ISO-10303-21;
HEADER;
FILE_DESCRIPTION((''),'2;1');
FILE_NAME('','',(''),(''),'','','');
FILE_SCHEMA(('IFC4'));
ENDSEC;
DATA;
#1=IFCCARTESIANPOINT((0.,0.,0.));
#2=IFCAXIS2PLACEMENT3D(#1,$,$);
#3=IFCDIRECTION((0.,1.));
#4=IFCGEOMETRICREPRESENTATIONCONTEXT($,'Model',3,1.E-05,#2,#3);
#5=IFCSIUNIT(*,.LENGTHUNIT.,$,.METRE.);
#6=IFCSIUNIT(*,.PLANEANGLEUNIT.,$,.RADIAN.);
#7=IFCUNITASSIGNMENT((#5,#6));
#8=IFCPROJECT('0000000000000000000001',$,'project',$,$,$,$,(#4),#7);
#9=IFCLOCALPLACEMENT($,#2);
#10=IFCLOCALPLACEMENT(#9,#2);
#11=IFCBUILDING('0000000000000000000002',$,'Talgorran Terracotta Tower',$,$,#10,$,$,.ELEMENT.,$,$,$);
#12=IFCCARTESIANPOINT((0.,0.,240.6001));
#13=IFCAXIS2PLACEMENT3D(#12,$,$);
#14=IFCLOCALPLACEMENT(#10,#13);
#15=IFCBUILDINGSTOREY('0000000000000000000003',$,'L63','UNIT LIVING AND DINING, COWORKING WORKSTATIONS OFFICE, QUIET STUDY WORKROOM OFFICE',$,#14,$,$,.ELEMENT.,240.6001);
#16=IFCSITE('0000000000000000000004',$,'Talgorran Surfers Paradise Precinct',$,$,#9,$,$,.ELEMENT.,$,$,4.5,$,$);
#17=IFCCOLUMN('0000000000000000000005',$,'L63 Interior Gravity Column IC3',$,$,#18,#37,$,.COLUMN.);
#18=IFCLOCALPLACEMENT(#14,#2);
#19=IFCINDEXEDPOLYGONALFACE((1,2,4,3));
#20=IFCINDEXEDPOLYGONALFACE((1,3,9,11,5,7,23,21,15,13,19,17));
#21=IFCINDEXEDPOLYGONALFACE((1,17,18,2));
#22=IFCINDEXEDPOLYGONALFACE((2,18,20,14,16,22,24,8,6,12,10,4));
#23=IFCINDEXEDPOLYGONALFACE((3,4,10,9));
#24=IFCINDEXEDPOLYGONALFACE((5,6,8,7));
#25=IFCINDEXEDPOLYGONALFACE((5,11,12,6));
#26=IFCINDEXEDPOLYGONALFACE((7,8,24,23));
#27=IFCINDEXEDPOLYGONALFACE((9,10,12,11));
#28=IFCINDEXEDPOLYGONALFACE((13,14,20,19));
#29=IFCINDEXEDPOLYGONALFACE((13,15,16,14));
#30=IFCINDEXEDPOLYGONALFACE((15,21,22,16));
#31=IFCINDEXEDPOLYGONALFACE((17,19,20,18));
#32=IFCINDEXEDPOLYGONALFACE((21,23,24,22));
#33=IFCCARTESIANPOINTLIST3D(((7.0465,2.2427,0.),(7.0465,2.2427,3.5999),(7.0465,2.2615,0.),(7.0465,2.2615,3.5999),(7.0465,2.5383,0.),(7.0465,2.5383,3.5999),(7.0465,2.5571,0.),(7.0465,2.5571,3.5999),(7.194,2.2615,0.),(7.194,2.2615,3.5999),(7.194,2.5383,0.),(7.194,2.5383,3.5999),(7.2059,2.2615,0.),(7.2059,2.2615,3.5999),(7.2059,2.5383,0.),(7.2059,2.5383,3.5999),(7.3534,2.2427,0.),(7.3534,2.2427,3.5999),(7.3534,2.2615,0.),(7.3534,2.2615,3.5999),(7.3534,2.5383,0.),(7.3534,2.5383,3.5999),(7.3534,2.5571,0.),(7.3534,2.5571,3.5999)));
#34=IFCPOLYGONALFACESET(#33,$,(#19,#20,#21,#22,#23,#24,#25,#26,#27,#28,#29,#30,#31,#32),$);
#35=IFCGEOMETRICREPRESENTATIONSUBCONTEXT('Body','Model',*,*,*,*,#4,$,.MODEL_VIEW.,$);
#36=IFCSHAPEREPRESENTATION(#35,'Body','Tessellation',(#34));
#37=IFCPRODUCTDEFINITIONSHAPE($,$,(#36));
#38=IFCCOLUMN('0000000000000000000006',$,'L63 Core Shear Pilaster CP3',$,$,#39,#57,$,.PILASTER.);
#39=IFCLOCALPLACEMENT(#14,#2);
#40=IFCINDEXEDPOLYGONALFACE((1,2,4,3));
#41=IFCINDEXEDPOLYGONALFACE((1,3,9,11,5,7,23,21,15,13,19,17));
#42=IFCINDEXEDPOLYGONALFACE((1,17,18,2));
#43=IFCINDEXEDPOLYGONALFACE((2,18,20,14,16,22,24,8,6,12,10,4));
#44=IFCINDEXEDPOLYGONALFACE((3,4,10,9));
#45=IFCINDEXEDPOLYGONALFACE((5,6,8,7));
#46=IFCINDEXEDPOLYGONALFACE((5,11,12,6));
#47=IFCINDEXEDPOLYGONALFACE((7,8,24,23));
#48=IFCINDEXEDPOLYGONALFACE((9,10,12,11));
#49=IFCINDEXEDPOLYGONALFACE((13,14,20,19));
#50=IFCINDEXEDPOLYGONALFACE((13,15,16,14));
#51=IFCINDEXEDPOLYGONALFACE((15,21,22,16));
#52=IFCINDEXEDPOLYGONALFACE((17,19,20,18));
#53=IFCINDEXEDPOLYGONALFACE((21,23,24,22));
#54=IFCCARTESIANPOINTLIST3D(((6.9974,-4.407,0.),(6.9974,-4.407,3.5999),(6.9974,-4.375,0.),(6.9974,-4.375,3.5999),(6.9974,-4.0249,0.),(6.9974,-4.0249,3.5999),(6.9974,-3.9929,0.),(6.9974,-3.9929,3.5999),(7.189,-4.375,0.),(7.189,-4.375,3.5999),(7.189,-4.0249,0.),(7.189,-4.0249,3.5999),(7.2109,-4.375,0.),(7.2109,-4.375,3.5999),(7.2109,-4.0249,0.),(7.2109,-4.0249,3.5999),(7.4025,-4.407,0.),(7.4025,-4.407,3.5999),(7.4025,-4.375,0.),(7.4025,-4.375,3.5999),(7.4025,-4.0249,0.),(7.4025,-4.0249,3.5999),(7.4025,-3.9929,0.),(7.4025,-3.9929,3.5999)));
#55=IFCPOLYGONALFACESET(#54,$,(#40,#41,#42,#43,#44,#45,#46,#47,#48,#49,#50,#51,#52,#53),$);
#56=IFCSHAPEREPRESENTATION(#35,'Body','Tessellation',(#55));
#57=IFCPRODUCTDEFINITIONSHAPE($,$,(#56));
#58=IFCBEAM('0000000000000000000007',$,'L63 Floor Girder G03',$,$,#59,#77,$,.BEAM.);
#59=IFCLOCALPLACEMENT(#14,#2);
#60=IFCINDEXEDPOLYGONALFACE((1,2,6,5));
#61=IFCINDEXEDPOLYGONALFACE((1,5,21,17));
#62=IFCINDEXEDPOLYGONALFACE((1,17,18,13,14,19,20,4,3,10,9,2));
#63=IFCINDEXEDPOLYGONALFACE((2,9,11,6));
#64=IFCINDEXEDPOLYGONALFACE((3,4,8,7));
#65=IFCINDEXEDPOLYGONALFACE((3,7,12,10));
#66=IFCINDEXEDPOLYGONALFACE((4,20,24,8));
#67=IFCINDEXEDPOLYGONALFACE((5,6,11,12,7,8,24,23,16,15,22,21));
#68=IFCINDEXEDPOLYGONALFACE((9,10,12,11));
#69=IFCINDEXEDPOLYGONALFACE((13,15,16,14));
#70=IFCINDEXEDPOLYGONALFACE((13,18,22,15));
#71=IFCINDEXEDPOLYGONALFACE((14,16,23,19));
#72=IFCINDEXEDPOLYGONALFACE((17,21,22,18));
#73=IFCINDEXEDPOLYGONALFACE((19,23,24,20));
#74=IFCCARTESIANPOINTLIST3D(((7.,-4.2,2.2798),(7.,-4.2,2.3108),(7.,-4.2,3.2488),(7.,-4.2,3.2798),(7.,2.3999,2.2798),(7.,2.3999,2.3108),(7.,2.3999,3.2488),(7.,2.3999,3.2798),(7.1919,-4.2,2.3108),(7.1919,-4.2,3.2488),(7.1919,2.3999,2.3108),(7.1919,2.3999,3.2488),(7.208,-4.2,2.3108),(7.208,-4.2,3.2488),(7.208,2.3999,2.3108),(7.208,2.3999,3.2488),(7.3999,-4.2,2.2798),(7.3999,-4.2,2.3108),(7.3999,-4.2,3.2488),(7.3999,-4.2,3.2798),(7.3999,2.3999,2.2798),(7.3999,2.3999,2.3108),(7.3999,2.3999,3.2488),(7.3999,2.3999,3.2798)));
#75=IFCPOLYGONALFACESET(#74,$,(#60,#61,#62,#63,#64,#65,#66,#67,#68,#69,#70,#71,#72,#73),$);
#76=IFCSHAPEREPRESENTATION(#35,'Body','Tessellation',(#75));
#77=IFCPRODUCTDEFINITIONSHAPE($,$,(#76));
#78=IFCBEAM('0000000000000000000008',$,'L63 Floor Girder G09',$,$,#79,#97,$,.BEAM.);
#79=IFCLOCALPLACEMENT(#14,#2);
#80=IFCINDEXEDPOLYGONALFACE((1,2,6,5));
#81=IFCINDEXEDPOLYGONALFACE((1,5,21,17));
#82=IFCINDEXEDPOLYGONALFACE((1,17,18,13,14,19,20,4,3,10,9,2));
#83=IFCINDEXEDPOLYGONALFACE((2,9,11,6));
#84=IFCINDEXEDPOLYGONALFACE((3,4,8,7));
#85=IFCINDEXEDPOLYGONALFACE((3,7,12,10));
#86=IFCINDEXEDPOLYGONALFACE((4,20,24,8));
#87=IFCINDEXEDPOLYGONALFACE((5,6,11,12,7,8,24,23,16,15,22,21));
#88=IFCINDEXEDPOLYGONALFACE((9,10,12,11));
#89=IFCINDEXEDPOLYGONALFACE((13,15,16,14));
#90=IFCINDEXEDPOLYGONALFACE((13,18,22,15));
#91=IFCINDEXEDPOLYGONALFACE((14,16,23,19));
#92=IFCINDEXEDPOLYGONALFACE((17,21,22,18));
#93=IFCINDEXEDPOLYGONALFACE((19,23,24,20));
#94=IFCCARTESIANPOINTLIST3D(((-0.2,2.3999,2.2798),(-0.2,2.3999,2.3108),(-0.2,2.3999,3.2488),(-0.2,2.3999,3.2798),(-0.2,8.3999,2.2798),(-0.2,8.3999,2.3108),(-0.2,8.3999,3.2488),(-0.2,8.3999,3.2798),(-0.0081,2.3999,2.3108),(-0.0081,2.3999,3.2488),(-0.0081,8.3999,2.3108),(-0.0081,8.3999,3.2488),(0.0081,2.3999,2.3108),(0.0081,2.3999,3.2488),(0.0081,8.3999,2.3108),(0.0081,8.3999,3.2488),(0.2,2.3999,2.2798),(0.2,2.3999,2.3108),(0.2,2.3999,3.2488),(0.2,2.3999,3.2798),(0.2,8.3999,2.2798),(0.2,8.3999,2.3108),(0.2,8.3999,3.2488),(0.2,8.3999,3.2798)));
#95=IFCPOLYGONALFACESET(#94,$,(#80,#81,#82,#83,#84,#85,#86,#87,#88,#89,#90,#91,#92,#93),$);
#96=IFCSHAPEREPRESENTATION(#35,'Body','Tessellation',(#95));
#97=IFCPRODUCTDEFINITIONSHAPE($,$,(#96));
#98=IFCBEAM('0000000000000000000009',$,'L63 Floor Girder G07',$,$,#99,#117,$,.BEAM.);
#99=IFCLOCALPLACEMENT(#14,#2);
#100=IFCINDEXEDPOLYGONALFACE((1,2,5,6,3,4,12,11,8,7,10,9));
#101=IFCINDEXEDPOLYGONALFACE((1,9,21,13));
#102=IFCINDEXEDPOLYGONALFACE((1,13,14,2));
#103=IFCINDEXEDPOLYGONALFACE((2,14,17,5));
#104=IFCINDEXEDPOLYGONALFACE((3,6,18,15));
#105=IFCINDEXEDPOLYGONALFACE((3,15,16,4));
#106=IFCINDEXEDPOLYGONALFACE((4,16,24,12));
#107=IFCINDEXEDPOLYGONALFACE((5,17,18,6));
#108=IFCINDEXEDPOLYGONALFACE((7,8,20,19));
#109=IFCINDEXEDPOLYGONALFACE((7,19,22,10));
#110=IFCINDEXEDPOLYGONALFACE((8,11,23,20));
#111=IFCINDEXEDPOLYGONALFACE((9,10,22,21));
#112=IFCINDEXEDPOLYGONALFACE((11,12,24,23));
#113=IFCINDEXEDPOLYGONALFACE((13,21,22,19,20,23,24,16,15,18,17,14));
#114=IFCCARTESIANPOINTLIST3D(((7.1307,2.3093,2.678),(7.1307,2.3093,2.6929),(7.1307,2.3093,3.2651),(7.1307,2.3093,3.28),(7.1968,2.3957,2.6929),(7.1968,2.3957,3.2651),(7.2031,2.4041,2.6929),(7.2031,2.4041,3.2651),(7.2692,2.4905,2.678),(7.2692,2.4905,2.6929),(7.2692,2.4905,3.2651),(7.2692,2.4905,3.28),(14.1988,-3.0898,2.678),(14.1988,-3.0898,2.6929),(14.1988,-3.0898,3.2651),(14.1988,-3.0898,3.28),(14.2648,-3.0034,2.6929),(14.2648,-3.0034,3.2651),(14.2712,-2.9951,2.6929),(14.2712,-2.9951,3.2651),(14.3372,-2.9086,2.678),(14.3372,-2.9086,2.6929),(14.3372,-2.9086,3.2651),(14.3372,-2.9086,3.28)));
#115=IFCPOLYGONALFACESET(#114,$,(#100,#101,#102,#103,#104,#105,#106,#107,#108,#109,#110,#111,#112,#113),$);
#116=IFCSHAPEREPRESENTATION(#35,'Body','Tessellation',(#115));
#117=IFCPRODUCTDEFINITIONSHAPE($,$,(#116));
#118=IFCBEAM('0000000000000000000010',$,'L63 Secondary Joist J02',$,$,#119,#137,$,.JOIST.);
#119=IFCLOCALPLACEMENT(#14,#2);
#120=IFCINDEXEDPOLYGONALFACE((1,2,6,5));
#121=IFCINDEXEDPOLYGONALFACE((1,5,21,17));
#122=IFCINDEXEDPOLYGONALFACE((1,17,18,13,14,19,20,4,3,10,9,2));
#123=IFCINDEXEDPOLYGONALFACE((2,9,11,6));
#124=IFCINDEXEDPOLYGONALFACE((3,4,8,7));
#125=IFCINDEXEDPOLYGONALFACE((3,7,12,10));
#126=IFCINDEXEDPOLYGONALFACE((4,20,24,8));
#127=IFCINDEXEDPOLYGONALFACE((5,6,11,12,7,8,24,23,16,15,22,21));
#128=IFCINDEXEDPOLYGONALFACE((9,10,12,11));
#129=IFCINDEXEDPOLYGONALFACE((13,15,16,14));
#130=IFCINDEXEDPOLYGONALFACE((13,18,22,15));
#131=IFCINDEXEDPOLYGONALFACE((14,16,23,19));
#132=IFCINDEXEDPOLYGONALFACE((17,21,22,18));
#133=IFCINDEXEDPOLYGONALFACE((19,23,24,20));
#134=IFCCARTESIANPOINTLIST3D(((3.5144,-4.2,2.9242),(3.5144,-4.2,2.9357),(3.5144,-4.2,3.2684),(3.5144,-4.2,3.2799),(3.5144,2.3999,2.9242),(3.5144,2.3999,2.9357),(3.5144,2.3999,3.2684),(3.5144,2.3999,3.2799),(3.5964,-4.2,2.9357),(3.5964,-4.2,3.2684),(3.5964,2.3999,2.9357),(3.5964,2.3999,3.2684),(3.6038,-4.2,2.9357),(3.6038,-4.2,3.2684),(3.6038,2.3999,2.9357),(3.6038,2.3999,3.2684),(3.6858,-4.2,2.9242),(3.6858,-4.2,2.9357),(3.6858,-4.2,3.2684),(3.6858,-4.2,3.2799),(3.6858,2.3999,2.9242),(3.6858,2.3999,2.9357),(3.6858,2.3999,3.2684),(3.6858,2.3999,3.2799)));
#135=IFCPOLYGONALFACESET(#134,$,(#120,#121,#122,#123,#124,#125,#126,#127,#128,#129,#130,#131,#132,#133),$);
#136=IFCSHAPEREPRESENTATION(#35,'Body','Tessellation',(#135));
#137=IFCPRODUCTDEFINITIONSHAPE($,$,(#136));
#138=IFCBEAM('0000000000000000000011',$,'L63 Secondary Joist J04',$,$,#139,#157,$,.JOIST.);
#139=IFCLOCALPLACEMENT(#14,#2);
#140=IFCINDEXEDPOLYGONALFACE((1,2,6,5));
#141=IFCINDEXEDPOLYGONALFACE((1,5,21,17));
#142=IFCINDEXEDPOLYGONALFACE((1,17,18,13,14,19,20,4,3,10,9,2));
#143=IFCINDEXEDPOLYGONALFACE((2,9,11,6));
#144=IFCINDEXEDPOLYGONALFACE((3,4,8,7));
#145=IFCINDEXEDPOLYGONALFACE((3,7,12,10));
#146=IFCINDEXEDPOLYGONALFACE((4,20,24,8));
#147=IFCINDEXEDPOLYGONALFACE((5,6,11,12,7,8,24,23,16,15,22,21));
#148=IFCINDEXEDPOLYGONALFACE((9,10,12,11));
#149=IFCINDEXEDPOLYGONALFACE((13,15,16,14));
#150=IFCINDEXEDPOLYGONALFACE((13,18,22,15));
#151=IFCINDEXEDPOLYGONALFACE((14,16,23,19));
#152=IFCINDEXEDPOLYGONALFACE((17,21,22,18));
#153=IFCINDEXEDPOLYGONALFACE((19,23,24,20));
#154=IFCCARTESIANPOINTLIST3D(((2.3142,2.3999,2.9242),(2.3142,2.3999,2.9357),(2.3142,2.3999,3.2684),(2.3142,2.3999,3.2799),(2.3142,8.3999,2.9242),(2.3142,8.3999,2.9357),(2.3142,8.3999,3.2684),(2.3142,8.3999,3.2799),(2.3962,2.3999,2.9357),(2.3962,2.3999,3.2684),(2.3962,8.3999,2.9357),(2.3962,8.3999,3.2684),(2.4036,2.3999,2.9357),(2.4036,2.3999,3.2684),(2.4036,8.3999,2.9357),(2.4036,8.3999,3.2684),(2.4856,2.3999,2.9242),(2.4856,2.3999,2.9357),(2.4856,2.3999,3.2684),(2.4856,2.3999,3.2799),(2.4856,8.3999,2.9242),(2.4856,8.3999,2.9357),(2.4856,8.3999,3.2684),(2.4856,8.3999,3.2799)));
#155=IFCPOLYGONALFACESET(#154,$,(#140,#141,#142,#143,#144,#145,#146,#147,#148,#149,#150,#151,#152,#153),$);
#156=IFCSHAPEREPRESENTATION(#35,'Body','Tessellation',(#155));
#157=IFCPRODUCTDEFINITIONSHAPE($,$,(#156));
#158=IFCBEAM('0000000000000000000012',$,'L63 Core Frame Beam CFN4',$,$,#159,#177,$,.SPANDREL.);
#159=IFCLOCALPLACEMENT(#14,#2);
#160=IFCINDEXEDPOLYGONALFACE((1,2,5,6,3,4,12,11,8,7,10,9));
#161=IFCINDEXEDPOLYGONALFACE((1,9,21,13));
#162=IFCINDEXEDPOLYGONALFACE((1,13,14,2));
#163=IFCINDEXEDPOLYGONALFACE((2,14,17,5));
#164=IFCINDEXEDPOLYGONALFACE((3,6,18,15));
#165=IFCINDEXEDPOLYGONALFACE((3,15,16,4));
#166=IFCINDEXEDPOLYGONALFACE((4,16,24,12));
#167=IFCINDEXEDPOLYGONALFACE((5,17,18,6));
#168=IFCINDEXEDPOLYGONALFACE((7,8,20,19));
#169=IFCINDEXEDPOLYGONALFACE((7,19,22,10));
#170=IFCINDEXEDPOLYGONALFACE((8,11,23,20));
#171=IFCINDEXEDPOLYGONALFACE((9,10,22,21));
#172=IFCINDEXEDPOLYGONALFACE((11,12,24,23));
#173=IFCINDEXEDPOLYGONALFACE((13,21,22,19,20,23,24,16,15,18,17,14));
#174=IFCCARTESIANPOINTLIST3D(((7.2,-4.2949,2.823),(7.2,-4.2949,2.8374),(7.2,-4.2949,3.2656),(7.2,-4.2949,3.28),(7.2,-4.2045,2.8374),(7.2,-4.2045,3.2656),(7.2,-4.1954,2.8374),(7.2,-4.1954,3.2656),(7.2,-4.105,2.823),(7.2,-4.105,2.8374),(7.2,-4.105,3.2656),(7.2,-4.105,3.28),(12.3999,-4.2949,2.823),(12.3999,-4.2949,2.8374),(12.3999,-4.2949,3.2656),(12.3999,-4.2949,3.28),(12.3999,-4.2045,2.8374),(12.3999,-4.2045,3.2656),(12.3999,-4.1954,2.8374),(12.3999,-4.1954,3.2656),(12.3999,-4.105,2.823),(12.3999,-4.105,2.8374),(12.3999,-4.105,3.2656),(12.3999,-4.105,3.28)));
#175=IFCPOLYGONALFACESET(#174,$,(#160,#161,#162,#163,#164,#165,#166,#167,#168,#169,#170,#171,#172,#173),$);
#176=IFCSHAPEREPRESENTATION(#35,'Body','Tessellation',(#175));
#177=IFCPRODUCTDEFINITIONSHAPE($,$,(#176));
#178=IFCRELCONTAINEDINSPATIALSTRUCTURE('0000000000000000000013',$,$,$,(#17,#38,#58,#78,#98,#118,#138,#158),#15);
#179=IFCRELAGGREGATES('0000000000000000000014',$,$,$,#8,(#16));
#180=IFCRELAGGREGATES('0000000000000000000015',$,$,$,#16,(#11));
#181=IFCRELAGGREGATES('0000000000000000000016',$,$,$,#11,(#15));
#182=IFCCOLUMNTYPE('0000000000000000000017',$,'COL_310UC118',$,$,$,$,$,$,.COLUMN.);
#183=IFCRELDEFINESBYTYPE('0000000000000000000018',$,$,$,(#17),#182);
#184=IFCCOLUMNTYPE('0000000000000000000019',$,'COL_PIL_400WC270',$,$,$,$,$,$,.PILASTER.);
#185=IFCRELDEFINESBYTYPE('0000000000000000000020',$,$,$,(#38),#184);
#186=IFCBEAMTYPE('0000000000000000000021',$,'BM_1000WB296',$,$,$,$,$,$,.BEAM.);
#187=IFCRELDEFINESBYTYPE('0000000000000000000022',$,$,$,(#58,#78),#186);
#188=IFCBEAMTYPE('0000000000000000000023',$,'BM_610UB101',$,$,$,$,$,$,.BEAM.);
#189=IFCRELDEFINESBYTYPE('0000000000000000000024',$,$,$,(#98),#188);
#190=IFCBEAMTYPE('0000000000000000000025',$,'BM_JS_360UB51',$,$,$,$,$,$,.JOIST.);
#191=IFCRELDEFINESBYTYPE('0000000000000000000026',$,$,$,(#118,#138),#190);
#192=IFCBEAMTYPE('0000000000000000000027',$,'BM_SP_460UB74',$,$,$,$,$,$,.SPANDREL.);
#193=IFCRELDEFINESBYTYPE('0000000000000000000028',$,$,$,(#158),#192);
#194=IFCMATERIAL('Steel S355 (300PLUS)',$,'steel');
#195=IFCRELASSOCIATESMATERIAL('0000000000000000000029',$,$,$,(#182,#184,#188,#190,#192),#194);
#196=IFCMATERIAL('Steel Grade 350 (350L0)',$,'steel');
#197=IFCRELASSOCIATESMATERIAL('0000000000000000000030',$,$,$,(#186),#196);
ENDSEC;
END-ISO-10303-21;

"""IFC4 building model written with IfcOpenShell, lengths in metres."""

from ifc_helpers import new_model, si_unit, direction, frame, origin, origin_2d, place, context, subcontext, project, spatial, i_section, extrude, material, material_profile, profile_set, type_object, element, save


model = new_model("IFC4")

# Units and contexts
model_context = context("Model", 3, precision=1e-05, world=origin(), true_north=direction((0.0, 1.0)))
body_context = subcontext(model_context, "Body", "Model", "MODEL_VIEW")
ifc_project = project(units=[si_unit("LENGTHUNIT", "METRE"), si_unit("PLANEANGLEUNIT", "RADIAN")], contexts=[model_context])

# Site, building, storey
site_placement = place(None, origin())
site = spatial("IfcSite", under=ifc_project, at=site_placement, Name="Talgorran Surfers Paradise Precinct", CompositionType="ELEMENT", RefElevation=4.5)
building_placement = place(site_placement, origin())
building = spatial("IfcBuilding", under=site, at=building_placement, Name="Talgorran Terracotta Tower", CompositionType="ELEMENT")
storey_placement = place(building_placement, frame((0.0, 0.0, 240.6001)))
storey = spatial("IfcBuildingStorey", under=building, at=storey_placement, Name="L63", Description="UNIT LIVING AND DINING, COWORKING WORKSTATIONS OFFICE, QUIET STUDY WORKROOM OFFICE", CompositionType="ELEMENT", Elevation=240.6001)

# Columns
ifc_material_1 = material(Name="Steel S355 (300PLUS)", Category="steel")
ifc_material_profile_1 = material_profile(ifc_material_1, i_section(OverallWidth=0.3069, OverallDepth=0.3145, WebThickness=0.012, FlangeThickness=0.0188, at=origin_2d()), Name="310UC118")
ifc_profile_set_1 = profile_set([ifc_material_profile_1], Name="Steel S355 (300PLUS)")
column_type_1 = type_object("IfcColumnType", Name="COL_310UC118", PredefinedType="COLUMN", material=ifc_profile_set_1)
column_1_placement = place(storey_placement, frame((7.2, 2.3999, 0.0), z_axis=(0.0, 0.0, 1.0), x_axis=(1.0, 0.0, 0.0)))
element("IfcColumn", 1, at=column_1_placement, inside=storey, type_object=column_type_1, Name="L63 Interior Gravity Column IC3", PredefinedType="COLUMN", context=body_context, shape_type="SweptSolid", body=[
    extrude(i_section(OverallWidth=0.3069, OverallDepth=0.3145, WebThickness=0.012, FlangeThickness=0.0188, at=origin_2d()), origin(), (0.0, 0.0, 1.0), 3.5999),
])
ifc_material_profile_2 = material_profile(ifc_material_1, i_section(OverallWidth=0.405, OverallDepth=0.4141, WebThickness=0.022, FlangeThickness=0.032, at=origin_2d()), Name="400WC270")
ifc_profile_set_2 = profile_set([ifc_material_profile_2], Name="Steel S355 (300PLUS)")
column_type_2 = type_object("IfcColumnType", Name="COL_PIL_400WC270", PredefinedType="PILASTER", material=ifc_profile_set_2)
column_2_placement = place(storey_placement, frame((7.2, -4.2, 0.0), z_axis=(0.0, 0.0, 1.0), x_axis=(1.0, 0.0, 0.0)))
element("IfcColumn", 2, at=column_2_placement, inside=storey, type_object=column_type_2, Name="L63 Core Shear Pilaster CP3", PredefinedType="PILASTER", context=body_context, shape_type="SweptSolid", body=[
    extrude(i_section(OverallWidth=0.405, OverallDepth=0.4141, WebThickness=0.022, FlangeThickness=0.032, at=origin_2d()), origin(), (0.0, 0.0, 1.0), 3.5999),
])

# Beams
ifc_material_2 = material(Name="Steel Grade 350 (350L0)", Category="steel")
ifc_material_profile_3 = material_profile(ifc_material_2, i_section(OverallWidth=0.3999, OverallDepth=1.0, WebThickness=0.0161, FlangeThickness=0.031, at=origin_2d()), Name="1000WB296")
ifc_profile_set_3 = profile_set([ifc_material_profile_3], Name="Steel Grade 350 (350L0)")
beam_type_1 = type_object("IfcBeamType", Name="BM_1000WB296", PredefinedType="BEAM", material=ifc_profile_set_3)
beam_1_placement = place(storey_placement, frame((7.2, -4.2, 2.7798), z_axis=(0.0, 1.0, 0.0), x_axis=(-1.0, 0.0, 0.0)))
element("IfcBeam", 3, at=beam_1_placement, inside=storey, type_object=beam_type_1, Name="L63 Floor Girder G03", PredefinedType="BEAM", context=body_context, shape_type="SweptSolid", body=[
    extrude(i_section(OverallWidth=0.3999, OverallDepth=1.0, WebThickness=0.0161, FlangeThickness=0.031, at=origin_2d()), origin(), (0.0, 0.0, 1.0), 6.5999),
])
beam_2_placement = place(storey_placement, frame((0.0, 2.3999, 2.7798), z_axis=(0.0, 1.0, 0.0), x_axis=(-1.0, 0.0, 0.0)))
element("IfcBeam", 4, at=beam_2_placement, inside=storey, type_object=beam_type_1, Name="L63 Floor Girder G09", PredefinedType="BEAM", context=body_context, shape_type="SweptSolid", body=[
    extrude(i_section(OverallWidth=0.3999, OverallDepth=1.0, WebThickness=0.0161, FlangeThickness=0.031, at=origin_2d()), origin(), (0.0, 0.0, 1.0), 6.0),
])
ifc_material_profile_4 = material_profile(ifc_material_1, i_section(OverallWidth=0.228, OverallDepth=0.6021, WebThickness=0.0105, FlangeThickness=0.0149, at=origin_2d()), Name="610UB101")
ifc_profile_set_4 = profile_set([ifc_material_profile_4], Name="Steel S355 (300PLUS)")
beam_type_2 = type_object("IfcBeamType", Name="BM_610UB101", PredefinedType="BEAM", material=ifc_profile_set_4)
beam_3_placement = place(storey_placement, frame((7.2, 2.3999, 2.979), z_axis=(0.794676, -0.607034, 0.0), x_axis=(0.607034, 0.794676, 0.0)))
element("IfcBeam", 5, at=beam_3_placement, inside=storey, type_object=beam_type_2, Name="L63 Floor Girder G07", PredefinedType="BEAM", context=body_context, shape_type="SweptSolid", body=[
    extrude(i_section(OverallWidth=0.228, OverallDepth=0.6021, WebThickness=0.0105, FlangeThickness=0.0149, at=origin_2d()), origin(), (0.0, 0.0, 1.0), 8.8943),
])
ifc_material_profile_5 = material_profile(ifc_material_1, i_section(OverallWidth=0.1714, OverallDepth=0.3557, WebThickness=0.0073, FlangeThickness=0.0115, at=origin_2d()), Name="360UB50.7")
ifc_profile_set_5 = profile_set([ifc_material_profile_5], Name="Steel S355 (300PLUS)")
beam_type_3 = type_object("IfcBeamType", Name="BM_JS_360UB51", PredefinedType="JOIST", material=ifc_profile_set_5)
beam_4_placement = place(storey_placement, frame((3.6001, -4.2, 3.1021), z_axis=(0.0, 1.0, 0.0), x_axis=(-1.0, 0.0, 0.0)))
element("IfcBeam", 6, at=beam_4_placement, inside=storey, type_object=beam_type_3, Name="L63 Secondary Joist J02", PredefinedType="JOIST", context=body_context, shape_type="SweptSolid", body=[
    extrude(i_section(OverallWidth=0.1714, OverallDepth=0.3557, WebThickness=0.0073, FlangeThickness=0.0115, at=origin_2d()), origin(), (0.0, 0.0, 1.0), 6.5999),
])
beam_5_placement = place(storey_placement, frame((2.3999, 2.3999, 3.1021), z_axis=(0.0, 1.0, 0.0), x_axis=(-1.0, 0.0, 0.0)))
element("IfcBeam", 7, at=beam_5_placement, inside=storey, type_object=beam_type_3, Name="L63 Secondary Joist J04", PredefinedType="JOIST", context=body_context, shape_type="SweptSolid", body=[
    extrude(i_section(OverallWidth=0.1714, OverallDepth=0.3557, WebThickness=0.0073, FlangeThickness=0.0115, at=origin_2d()), origin(), (0.0, 0.0, 1.0), 6.0),
])
ifc_material_profile_6 = material_profile(ifc_material_1, i_section(OverallWidth=0.1899, OverallDepth=0.457, WebThickness=0.009, FlangeThickness=0.0144, at=origin_2d()), Name="460UB74.6")
ifc_profile_set_6 = profile_set([ifc_material_profile_6], Name="Steel S355 (300PLUS)")
beam_type_4 = type_object("IfcBeamType", Name="BM_SP_460UB74", PredefinedType="SPANDREL", material=ifc_profile_set_6)
beam_6_placement = place(storey_placement, frame((7.2, -4.2, 3.0515), z_axis=(1.0, 0.0, 0.0), x_axis=(0.0, 1.0, 0.0)))
element("IfcBeam", 8, at=beam_6_placement, inside=storey, type_object=beam_type_4, Name="L63 Core Frame Beam CFN4", PredefinedType="SPANDREL", context=body_context, shape_type="SweptSolid", body=[
    extrude(i_section(OverallWidth=0.1899, OverallDepth=0.457, WebThickness=0.009, FlangeThickness=0.0144, at=origin_2d()), origin(), (0.0, 0.0, 1.0), 5.2),
])

save(model, "model.ifc")
